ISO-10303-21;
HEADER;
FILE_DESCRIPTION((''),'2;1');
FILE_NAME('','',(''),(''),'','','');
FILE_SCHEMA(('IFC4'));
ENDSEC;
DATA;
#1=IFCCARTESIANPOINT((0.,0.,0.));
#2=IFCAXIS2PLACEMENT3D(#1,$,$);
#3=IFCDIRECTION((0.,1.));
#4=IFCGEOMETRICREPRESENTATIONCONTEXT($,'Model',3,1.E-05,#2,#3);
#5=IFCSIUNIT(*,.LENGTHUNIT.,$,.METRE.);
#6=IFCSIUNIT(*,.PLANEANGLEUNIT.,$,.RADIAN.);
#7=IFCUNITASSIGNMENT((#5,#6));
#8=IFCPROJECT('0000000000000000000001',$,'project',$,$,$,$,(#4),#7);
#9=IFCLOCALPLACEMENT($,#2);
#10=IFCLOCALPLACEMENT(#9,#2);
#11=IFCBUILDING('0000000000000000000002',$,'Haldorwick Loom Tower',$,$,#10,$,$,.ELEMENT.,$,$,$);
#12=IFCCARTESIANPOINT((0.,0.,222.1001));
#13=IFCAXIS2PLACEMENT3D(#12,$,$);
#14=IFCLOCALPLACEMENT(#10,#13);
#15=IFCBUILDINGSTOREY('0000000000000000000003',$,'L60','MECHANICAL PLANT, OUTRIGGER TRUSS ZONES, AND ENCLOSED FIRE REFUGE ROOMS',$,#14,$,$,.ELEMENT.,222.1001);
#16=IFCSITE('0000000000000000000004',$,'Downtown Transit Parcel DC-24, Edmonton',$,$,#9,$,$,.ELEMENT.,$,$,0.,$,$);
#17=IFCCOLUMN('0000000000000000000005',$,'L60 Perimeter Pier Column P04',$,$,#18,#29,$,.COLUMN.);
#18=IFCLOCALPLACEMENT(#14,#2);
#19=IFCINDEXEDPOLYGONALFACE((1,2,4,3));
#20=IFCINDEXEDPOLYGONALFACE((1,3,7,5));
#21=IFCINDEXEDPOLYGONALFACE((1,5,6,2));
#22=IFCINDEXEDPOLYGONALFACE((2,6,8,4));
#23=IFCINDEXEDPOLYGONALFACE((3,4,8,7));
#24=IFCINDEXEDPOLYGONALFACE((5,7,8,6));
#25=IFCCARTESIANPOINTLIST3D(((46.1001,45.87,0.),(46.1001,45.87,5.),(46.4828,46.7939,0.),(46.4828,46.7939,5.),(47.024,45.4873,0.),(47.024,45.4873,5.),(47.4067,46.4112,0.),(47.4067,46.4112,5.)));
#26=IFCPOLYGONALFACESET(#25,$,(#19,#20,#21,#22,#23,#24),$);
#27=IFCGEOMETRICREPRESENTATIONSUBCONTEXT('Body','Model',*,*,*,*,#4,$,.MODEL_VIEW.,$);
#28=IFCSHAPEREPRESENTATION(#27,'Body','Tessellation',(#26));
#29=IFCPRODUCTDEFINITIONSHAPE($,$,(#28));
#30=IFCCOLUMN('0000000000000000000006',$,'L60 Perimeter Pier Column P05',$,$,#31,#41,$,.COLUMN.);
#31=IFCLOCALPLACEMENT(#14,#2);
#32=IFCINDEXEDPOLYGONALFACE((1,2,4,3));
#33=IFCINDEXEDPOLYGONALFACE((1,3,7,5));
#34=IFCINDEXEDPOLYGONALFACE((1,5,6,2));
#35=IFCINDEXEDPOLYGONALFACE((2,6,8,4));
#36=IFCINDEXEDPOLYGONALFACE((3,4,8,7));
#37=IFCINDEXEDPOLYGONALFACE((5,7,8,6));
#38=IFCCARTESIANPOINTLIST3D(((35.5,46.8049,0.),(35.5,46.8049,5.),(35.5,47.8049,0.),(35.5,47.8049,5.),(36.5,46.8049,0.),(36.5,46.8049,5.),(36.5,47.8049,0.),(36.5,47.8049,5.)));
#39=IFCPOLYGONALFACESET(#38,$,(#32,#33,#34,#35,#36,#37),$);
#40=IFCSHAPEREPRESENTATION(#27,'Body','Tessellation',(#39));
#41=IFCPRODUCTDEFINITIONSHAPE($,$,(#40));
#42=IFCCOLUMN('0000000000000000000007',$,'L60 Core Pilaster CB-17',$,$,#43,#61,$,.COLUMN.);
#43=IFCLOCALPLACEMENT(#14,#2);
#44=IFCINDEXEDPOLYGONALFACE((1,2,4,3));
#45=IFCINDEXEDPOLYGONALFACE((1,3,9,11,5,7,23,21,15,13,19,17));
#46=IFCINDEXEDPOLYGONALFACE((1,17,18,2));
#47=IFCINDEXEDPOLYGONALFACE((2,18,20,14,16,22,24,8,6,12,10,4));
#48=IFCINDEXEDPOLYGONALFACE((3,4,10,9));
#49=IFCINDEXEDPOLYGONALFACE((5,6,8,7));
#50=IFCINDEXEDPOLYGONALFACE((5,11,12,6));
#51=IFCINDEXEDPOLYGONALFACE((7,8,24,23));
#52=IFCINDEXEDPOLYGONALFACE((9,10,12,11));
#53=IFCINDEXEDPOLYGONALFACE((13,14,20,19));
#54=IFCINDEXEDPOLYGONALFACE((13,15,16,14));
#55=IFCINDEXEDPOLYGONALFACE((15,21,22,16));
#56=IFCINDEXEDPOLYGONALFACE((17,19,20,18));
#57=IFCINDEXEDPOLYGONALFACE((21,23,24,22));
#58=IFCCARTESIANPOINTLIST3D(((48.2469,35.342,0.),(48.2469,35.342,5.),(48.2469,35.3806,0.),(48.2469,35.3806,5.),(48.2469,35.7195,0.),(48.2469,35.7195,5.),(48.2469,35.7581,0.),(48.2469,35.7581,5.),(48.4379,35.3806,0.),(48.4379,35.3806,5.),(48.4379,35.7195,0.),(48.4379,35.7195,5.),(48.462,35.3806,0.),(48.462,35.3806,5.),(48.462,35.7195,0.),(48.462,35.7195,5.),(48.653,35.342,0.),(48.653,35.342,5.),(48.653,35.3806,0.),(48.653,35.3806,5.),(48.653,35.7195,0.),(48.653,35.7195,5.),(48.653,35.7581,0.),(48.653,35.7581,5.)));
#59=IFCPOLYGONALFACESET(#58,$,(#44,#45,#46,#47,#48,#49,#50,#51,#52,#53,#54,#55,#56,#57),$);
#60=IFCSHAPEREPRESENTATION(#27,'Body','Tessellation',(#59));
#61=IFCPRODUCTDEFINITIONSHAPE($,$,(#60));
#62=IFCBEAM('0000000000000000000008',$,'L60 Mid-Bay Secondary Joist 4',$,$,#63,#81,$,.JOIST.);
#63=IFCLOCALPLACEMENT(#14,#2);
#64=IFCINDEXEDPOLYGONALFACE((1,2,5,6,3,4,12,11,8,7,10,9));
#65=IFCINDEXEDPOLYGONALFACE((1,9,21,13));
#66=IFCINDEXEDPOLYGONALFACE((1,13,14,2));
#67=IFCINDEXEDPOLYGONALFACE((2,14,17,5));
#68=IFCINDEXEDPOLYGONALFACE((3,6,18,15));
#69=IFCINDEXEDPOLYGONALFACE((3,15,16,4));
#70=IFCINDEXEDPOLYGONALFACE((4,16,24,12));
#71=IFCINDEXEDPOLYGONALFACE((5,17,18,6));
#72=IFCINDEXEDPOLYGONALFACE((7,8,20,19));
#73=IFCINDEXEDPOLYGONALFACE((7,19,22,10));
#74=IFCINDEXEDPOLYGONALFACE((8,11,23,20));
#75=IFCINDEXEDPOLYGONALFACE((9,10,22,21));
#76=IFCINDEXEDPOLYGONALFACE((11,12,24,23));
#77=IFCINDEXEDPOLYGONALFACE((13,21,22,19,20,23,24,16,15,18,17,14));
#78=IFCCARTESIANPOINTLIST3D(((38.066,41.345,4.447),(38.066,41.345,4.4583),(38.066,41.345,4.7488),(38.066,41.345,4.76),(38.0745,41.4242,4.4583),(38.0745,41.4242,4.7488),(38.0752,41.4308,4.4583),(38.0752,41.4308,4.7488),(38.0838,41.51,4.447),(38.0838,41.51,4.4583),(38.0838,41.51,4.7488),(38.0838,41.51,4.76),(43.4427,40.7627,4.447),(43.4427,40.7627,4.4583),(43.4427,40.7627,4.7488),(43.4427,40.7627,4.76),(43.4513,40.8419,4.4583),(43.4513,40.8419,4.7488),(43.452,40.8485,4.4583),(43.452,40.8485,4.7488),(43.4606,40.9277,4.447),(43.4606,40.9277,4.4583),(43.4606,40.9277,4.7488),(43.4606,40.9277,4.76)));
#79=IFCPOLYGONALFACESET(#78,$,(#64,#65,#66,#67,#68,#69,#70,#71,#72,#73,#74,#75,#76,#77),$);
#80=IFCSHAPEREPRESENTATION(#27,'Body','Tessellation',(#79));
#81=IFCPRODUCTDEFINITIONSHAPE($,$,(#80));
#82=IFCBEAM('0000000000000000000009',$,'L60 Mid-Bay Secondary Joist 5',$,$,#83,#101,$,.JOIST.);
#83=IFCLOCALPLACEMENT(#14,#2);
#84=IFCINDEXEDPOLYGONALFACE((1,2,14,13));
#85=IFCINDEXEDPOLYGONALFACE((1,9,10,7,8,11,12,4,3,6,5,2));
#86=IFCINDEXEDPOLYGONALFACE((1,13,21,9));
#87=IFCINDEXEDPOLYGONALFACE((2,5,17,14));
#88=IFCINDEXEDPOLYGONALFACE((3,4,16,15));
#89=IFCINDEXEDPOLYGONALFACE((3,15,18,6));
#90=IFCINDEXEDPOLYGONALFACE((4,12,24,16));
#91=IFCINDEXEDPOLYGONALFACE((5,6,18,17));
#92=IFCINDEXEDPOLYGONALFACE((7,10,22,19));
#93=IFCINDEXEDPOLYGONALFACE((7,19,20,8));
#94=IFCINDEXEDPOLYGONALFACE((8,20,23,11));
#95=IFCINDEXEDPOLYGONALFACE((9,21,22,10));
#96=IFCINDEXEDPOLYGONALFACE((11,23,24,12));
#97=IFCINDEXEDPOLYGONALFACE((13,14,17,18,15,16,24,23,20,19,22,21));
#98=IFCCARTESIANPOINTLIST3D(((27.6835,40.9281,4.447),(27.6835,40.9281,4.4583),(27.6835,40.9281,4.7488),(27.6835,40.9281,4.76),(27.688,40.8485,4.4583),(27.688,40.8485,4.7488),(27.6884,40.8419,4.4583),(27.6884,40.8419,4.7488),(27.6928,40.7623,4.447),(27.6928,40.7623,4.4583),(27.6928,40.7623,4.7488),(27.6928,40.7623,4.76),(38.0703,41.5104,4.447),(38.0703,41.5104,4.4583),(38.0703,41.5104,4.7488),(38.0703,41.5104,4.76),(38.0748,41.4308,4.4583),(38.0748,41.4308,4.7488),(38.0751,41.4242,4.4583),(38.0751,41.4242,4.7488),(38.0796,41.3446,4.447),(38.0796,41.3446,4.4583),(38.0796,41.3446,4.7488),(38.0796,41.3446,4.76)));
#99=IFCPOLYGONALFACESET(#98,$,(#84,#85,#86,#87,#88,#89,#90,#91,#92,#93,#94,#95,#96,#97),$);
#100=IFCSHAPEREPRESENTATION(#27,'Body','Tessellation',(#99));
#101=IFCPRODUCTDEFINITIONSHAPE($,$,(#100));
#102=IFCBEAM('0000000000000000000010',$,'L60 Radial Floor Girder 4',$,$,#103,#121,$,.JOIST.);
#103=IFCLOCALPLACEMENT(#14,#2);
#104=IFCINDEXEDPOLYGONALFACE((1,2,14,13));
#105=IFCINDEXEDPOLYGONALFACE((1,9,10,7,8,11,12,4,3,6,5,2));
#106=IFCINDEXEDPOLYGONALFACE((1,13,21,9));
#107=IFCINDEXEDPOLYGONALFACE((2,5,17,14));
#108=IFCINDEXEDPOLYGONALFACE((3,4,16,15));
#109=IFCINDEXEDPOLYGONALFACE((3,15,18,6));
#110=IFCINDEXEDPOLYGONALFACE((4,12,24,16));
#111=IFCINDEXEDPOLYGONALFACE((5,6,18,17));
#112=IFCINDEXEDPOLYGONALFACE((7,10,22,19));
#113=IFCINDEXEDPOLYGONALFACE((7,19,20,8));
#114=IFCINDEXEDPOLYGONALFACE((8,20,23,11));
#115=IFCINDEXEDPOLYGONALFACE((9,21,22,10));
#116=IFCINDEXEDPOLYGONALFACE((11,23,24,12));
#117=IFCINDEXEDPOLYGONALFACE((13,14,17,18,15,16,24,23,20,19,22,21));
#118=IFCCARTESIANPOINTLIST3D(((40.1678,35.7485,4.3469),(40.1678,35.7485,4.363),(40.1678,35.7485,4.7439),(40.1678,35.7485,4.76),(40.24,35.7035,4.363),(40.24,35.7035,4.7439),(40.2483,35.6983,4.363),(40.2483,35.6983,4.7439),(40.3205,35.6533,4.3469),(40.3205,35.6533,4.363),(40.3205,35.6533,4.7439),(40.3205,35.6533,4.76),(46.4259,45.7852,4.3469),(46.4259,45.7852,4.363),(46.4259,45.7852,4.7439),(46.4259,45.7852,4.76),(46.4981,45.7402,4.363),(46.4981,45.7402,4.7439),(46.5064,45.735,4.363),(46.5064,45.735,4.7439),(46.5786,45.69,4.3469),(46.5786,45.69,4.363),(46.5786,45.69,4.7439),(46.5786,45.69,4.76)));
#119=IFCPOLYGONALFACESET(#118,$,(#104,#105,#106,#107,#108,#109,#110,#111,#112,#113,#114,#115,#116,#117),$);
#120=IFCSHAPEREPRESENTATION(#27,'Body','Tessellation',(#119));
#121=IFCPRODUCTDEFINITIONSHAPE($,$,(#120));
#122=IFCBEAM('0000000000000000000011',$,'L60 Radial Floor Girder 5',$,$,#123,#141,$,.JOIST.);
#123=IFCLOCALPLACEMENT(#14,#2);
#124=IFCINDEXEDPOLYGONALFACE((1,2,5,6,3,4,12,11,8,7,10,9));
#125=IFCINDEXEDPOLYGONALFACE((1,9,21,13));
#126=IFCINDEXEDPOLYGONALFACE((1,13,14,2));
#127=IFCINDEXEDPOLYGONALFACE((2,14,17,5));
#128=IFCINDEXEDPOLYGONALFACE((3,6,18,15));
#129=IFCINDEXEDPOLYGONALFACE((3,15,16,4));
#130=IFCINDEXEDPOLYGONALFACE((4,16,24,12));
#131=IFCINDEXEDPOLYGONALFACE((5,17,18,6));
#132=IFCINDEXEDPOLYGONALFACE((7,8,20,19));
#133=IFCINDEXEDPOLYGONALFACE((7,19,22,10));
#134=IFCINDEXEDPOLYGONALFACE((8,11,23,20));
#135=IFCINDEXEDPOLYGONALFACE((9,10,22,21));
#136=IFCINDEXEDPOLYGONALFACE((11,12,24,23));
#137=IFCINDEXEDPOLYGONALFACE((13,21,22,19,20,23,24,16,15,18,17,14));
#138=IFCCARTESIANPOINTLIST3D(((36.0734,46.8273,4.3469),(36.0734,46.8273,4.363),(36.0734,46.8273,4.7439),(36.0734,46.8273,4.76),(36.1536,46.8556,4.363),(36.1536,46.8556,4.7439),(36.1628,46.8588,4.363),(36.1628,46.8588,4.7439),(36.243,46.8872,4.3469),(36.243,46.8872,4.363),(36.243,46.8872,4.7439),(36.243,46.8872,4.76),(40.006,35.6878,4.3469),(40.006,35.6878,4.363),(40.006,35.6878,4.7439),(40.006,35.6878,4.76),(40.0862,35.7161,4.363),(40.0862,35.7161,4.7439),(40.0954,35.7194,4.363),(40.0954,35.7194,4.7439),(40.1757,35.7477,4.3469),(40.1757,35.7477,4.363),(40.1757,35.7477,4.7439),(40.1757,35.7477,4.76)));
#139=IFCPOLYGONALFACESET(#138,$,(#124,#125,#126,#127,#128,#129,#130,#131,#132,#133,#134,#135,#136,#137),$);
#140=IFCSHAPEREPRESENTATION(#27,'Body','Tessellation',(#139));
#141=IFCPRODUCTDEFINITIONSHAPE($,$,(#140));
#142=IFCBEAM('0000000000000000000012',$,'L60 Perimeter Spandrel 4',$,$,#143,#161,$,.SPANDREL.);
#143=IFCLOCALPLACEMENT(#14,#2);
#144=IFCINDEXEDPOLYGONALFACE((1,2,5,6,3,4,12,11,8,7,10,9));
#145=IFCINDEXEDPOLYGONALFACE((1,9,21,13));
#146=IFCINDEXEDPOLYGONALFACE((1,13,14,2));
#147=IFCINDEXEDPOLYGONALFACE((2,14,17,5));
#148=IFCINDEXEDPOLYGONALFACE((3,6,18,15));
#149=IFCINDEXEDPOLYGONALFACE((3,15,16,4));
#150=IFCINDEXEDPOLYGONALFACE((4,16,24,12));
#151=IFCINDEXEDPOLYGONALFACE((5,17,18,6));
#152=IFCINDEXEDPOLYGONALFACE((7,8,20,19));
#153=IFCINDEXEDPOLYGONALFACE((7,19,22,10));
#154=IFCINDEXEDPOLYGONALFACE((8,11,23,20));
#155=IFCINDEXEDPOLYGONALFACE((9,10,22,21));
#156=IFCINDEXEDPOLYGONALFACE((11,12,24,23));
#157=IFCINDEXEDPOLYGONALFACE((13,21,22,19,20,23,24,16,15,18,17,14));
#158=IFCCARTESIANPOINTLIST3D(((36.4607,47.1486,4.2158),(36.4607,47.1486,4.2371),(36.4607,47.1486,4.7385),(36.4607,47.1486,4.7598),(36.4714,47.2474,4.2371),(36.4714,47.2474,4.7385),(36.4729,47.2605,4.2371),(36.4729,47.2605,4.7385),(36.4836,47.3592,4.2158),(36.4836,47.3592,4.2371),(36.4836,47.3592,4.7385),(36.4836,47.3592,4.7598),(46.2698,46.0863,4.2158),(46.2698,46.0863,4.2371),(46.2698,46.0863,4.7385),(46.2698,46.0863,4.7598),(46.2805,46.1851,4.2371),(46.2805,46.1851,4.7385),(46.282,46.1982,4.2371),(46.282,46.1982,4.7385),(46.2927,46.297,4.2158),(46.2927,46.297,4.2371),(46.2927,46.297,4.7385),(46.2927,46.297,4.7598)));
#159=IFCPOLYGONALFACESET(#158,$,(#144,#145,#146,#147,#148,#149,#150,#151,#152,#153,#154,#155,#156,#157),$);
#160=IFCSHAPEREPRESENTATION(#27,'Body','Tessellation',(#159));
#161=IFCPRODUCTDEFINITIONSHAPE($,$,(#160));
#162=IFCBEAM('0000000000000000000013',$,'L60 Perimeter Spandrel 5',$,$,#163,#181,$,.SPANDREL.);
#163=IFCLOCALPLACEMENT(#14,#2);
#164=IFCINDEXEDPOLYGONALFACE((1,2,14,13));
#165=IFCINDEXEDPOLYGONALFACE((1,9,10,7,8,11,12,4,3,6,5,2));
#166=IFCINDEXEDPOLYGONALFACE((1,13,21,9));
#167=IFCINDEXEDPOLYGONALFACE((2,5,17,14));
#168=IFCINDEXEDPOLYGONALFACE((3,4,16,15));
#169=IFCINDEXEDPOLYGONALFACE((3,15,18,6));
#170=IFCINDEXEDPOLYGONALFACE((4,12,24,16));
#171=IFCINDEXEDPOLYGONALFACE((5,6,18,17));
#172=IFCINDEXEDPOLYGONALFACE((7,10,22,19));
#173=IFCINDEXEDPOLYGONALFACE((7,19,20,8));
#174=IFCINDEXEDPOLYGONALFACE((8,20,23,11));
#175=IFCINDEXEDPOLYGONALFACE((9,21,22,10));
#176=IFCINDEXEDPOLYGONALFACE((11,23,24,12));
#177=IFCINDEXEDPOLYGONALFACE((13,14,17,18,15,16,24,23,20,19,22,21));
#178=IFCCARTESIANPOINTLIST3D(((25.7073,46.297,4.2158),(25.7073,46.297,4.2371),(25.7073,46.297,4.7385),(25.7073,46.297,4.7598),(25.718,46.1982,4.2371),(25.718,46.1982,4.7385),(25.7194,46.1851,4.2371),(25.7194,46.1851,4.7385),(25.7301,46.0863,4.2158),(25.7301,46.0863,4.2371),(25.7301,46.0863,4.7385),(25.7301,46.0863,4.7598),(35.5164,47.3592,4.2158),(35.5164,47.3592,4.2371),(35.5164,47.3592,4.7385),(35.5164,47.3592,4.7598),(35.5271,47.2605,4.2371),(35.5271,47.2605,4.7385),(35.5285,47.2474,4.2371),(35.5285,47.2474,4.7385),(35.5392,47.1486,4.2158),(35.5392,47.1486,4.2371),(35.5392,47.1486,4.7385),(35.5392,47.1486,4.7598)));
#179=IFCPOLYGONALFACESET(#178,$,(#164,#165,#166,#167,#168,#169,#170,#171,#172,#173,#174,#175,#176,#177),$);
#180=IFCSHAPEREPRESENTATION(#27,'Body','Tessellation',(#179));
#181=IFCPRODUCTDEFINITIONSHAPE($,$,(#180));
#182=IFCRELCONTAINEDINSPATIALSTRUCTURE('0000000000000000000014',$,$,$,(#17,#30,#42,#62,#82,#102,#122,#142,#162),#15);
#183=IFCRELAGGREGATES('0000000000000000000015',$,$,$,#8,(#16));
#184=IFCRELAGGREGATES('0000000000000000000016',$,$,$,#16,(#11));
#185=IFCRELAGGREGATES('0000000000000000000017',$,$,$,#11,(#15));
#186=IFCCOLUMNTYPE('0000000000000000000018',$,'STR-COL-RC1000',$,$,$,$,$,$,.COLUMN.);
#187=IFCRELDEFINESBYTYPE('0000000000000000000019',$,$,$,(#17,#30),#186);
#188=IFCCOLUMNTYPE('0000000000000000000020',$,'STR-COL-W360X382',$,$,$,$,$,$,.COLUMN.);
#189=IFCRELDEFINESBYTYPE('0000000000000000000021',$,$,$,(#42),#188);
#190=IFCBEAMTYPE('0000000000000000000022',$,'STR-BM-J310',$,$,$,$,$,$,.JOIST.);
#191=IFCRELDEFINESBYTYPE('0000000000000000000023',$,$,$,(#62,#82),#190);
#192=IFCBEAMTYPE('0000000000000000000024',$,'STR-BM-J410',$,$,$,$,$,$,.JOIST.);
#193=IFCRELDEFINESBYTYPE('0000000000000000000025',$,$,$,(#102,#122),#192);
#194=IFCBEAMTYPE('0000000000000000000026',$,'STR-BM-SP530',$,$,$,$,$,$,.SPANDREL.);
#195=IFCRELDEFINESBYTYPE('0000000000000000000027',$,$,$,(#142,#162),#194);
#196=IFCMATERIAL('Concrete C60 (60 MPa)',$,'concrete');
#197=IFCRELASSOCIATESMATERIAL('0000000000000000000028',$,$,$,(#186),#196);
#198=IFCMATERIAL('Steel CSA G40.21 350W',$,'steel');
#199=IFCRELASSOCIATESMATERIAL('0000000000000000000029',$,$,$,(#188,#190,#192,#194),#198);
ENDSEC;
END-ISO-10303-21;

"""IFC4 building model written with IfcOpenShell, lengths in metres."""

from ifc_helpers import new_model, si_unit, direction, frame, origin, origin_2d, place, context, subcontext, project, spatial, rectangle, i_section, extrude, material, material_profile, profile_set, type_object, element, save


model = new_model("IFC4")

# Units and contexts
model_context = context("Model", 3, precision=1e-05, world=origin(), true_north=direction((0.0, 1.0)))
body_context = subcontext(model_context, "Body", "Model", "MODEL_VIEW")
ifc_project = project(units=[si_unit("LENGTHUNIT", "METRE"), si_unit("PLANEANGLEUNIT", "RADIAN")], contexts=[model_context])

# Site, building, storey
site_placement = place(None, origin())
site = spatial("IfcSite", under=ifc_project, at=site_placement, Name="Downtown Transit Parcel DC-24, Edmonton", CompositionType="ELEMENT", RefElevation=0.0)
building_placement = place(site_placement, origin())
building = spatial("IfcBuilding", under=site, at=building_placement, Name="Haldorwick Loom Tower", CompositionType="ELEMENT")
storey_placement = place(building_placement, frame((0.0, 0.0, 222.1001)))
storey = spatial("IfcBuildingStorey", under=building, at=storey_placement, Name="L60", Description="MECHANICAL PLANT, OUTRIGGER TRUSS ZONES, AND ENCLOSED FIRE REFUGE ROOMS", CompositionType="ELEMENT", Elevation=222.1001)

# Columns
ifc_material_1 = material(Name="Concrete C60 (60 MPa)", Category="concrete")
ifc_material_profile_1 = material_profile(ifc_material_1, rectangle(XDim=1.0, YDim=1.0, at=origin_2d()), Name="RC1000X1000", Category="concrete")
ifc_profile_set_1 = profile_set([ifc_material_profile_1], Name="Concrete C60 (60 MPa)")
column_type_1 = type_object("IfcColumnType", Name="STR-COL-RC1000", PredefinedType="COLUMN", material=ifc_profile_set_1)
for number, where, z_axis, x_axis, name in (
    (1, (46.7534, 46.1406, 0.0), (0.0, 0.0, 1.0), (0.382683, 0.92388, 0.0), "L60 Perimeter Pier Column P04"),
    (2, (36.0, 47.3049, 0.0), (0.0, 0.0, 1.0), (0.0, 1.0, 0.0), "L60 Perimeter Pier Column P05"),
):
    element("IfcColumn", number, at=place(storey_placement, frame(where, z_axis=z_axis, x_axis=x_axis)), inside=storey, type_object=column_type_1, Name=name, PredefinedType="COLUMN", context=body_context, shape_type="SweptSolid", body=[
        extrude(rectangle(XDim=1.0, YDim=1.0, at=origin_2d()), origin(), (0.0, 0.0, 1.0), 5.0),
    ])
ifc_material_2 = material(Name="Steel CSA G40.21 350W", Category="steel")
ifc_material_profile_2 = material_profile(ifc_material_2, i_section(OverallWidth=0.406, OverallDepth=0.416, WebThickness=0.0242, FlangeThickness=0.0386, at=origin_2d()), Name="W360X382", Category="steel")
ifc_profile_set_2 = profile_set([ifc_material_profile_2], Name="Steel CSA G40.21 350W")
column_type_2 = type_object("IfcColumnType", Name="STR-COL-W360X382", PredefinedType="COLUMN", material=ifc_profile_set_2)
column_placement = place(storey_placement, frame((48.45, 35.55, 0.0), z_axis=(0.0, 0.0, 1.0), x_axis=(1.0, 0.0, 0.0)))
element("IfcColumn", 3, at=column_placement, inside=storey, type_object=column_type_2, Name="L60 Core Pilaster CB-17", PredefinedType="COLUMN", context=body_context, shape_type="SweptSolid", body=[
    extrude(i_section(OverallWidth=0.406, OverallDepth=0.416, WebThickness=0.0242, FlangeThickness=0.0386, at=origin_2d()), origin(), (0.0, 0.0, 1.0), 5.0),
])

# Beams
ifc_material_profile_3 = material_profile(ifc_material_2, i_section(OverallWidth=0.166, OverallDepth=0.313, WebThickness=0.0066, FlangeThickness=0.0112, at=origin_2d()), Name="W310X45", Category="steel")
ifc_profile_set_3 = profile_set([ifc_material_profile_3], Name="Steel CSA G40.21 350W")
beam_type_1 = type_object("IfcBeamType", Name="STR-BM-J310", PredefinedType="JOIST", material=ifc_profile_set_3)
beam_1_placement = place(storey_placement, frame((43.4517, 40.8452, 4.6035), z_axis=(-0.994187, 0.107666, 0.0), x_axis=(-0.107666, -0.994187, 0.0)))
element("IfcBeam", 4, at=beam_1_placement, inside=storey, type_object=beam_type_1, Name="L60 Mid-Bay Secondary Joist 4", PredefinedType="JOIST", context=body_context, shape_type="SweptSolid", body=[
    extrude(i_section(OverallWidth=0.166, OverallDepth=0.313, WebThickness=0.0066, FlangeThickness=0.0112, at=origin_2d()), origin(), (0.0, 0.0, 1.0), 5.4082),
])
beam_2_placement = place(storey_placement, frame((38.075, 41.4275, 4.6035), z_axis=(-0.998432, -0.055972, 0.0), x_axis=(0.055972, -0.998432, 0.0)))
element("IfcBeam", 5, at=beam_2_placement, inside=storey, type_object=beam_type_1, Name="L60 Mid-Bay Secondary Joist 5", PredefinedType="JOIST", context=body_context, shape_type="SweptSolid", body=[
    extrude(i_section(OverallWidth=0.166, OverallDepth=0.313, WebThickness=0.0066, FlangeThickness=0.0112, at=origin_2d()), origin(), (0.0, 0.0, 1.0), 10.4031),
])
ifc_material_profile_4 = material_profile(ifc_material_2, i_section(OverallWidth=0.1799, OverallDepth=0.4131, WebThickness=0.0098, FlangeThickness=0.0161, at=origin_2d()), Name="W410X74", Category="steel")
ifc_profile_set_4 = profile_set([ifc_material_profile_4], Name="Steel CSA G40.21 350W")
beam_type_2 = type_object("IfcBeamType", Name="STR-BM-J410", PredefinedType="JOIST", material=ifc_profile_set_4)
beam_3_placement = place(storey_placement, frame((40.2441, 35.7009, 4.5535), z_axis=(0.529097, 0.848561, 0.0), x_axis=(-0.848561, 0.529097, 0.0)))
element("IfcBeam", 6, at=beam_3_placement, inside=storey, type_object=beam_type_2, Name="L60 Radial Floor Girder 4", PredefinedType="JOIST", context=body_context, shape_type="SweptSolid", body=[
    extrude(i_section(OverallWidth=0.1799, OverallDepth=0.4131, WebThickness=0.0098, FlangeThickness=0.0161, at=origin_2d()), origin(), (0.0, 0.0, 1.0), 11.8279),
])
beam_4_placement = place(storey_placement, frame((40.0908, 35.7178, 4.5535), z_axis=(-0.3329, 0.942962, 0.0), x_axis=(-0.942962, -0.3329, 0.0)))
element("IfcBeam", 7, at=beam_4_placement, inside=storey, type_object=beam_type_2, Name="L60 Radial Floor Girder 5", PredefinedType="JOIST", context=body_context, shape_type="SweptSolid", body=[
    extrude(i_section(OverallWidth=0.1799, OverallDepth=0.4131, WebThickness=0.0098, FlangeThickness=0.0161, at=origin_2d()), origin(), (0.0, 0.0, 1.0), 11.8132),
])
ifc_material_profile_5 = material_profile(ifc_material_2, i_section(OverallWidth=0.2119, OverallDepth=0.5439, WebThickness=0.0132, FlangeThickness=0.0212, at=origin_2d()), Name="W530X123", Category="steel")
ifc_profile_set_5 = profile_set([ifc_material_profile_5], Name="Steel CSA G40.21 350W")
beam_type_3 = type_object("IfcBeamType", Name="STR-BM-SP530", PredefinedType="SPANDREL", material=ifc_profile_set_5)
for number, where, z_axis, x_axis, name in (
    (8, (46.2812, 46.1917, 4.4878), (-0.994187, 0.107664, 0.0), (-0.107664, -0.994187, 0.0), "L60 Perimeter Spandrel 4"),
    (9, (35.5278, 47.2539, 4.4878), (-0.994187, -0.107664, 0.0), (0.107664, -0.994187, 0.0), "L60 Perimeter Spandrel 5"),
):
    element("IfcBeam", number, at=place(storey_placement, frame(where, z_axis=z_axis, x_axis=x_axis)), inside=storey, type_object=beam_type_3, Name=name, PredefinedType="SPANDREL", context=body_context, shape_type="SweptSolid", body=[
        extrude(i_section(OverallWidth=0.2119, OverallDepth=0.5439, WebThickness=0.0132, FlangeThickness=0.0212, at=origin_2d()), origin(), (0.0, 0.0, 1.0), 9.8665),
    ])

save(model, "model.ifc")
